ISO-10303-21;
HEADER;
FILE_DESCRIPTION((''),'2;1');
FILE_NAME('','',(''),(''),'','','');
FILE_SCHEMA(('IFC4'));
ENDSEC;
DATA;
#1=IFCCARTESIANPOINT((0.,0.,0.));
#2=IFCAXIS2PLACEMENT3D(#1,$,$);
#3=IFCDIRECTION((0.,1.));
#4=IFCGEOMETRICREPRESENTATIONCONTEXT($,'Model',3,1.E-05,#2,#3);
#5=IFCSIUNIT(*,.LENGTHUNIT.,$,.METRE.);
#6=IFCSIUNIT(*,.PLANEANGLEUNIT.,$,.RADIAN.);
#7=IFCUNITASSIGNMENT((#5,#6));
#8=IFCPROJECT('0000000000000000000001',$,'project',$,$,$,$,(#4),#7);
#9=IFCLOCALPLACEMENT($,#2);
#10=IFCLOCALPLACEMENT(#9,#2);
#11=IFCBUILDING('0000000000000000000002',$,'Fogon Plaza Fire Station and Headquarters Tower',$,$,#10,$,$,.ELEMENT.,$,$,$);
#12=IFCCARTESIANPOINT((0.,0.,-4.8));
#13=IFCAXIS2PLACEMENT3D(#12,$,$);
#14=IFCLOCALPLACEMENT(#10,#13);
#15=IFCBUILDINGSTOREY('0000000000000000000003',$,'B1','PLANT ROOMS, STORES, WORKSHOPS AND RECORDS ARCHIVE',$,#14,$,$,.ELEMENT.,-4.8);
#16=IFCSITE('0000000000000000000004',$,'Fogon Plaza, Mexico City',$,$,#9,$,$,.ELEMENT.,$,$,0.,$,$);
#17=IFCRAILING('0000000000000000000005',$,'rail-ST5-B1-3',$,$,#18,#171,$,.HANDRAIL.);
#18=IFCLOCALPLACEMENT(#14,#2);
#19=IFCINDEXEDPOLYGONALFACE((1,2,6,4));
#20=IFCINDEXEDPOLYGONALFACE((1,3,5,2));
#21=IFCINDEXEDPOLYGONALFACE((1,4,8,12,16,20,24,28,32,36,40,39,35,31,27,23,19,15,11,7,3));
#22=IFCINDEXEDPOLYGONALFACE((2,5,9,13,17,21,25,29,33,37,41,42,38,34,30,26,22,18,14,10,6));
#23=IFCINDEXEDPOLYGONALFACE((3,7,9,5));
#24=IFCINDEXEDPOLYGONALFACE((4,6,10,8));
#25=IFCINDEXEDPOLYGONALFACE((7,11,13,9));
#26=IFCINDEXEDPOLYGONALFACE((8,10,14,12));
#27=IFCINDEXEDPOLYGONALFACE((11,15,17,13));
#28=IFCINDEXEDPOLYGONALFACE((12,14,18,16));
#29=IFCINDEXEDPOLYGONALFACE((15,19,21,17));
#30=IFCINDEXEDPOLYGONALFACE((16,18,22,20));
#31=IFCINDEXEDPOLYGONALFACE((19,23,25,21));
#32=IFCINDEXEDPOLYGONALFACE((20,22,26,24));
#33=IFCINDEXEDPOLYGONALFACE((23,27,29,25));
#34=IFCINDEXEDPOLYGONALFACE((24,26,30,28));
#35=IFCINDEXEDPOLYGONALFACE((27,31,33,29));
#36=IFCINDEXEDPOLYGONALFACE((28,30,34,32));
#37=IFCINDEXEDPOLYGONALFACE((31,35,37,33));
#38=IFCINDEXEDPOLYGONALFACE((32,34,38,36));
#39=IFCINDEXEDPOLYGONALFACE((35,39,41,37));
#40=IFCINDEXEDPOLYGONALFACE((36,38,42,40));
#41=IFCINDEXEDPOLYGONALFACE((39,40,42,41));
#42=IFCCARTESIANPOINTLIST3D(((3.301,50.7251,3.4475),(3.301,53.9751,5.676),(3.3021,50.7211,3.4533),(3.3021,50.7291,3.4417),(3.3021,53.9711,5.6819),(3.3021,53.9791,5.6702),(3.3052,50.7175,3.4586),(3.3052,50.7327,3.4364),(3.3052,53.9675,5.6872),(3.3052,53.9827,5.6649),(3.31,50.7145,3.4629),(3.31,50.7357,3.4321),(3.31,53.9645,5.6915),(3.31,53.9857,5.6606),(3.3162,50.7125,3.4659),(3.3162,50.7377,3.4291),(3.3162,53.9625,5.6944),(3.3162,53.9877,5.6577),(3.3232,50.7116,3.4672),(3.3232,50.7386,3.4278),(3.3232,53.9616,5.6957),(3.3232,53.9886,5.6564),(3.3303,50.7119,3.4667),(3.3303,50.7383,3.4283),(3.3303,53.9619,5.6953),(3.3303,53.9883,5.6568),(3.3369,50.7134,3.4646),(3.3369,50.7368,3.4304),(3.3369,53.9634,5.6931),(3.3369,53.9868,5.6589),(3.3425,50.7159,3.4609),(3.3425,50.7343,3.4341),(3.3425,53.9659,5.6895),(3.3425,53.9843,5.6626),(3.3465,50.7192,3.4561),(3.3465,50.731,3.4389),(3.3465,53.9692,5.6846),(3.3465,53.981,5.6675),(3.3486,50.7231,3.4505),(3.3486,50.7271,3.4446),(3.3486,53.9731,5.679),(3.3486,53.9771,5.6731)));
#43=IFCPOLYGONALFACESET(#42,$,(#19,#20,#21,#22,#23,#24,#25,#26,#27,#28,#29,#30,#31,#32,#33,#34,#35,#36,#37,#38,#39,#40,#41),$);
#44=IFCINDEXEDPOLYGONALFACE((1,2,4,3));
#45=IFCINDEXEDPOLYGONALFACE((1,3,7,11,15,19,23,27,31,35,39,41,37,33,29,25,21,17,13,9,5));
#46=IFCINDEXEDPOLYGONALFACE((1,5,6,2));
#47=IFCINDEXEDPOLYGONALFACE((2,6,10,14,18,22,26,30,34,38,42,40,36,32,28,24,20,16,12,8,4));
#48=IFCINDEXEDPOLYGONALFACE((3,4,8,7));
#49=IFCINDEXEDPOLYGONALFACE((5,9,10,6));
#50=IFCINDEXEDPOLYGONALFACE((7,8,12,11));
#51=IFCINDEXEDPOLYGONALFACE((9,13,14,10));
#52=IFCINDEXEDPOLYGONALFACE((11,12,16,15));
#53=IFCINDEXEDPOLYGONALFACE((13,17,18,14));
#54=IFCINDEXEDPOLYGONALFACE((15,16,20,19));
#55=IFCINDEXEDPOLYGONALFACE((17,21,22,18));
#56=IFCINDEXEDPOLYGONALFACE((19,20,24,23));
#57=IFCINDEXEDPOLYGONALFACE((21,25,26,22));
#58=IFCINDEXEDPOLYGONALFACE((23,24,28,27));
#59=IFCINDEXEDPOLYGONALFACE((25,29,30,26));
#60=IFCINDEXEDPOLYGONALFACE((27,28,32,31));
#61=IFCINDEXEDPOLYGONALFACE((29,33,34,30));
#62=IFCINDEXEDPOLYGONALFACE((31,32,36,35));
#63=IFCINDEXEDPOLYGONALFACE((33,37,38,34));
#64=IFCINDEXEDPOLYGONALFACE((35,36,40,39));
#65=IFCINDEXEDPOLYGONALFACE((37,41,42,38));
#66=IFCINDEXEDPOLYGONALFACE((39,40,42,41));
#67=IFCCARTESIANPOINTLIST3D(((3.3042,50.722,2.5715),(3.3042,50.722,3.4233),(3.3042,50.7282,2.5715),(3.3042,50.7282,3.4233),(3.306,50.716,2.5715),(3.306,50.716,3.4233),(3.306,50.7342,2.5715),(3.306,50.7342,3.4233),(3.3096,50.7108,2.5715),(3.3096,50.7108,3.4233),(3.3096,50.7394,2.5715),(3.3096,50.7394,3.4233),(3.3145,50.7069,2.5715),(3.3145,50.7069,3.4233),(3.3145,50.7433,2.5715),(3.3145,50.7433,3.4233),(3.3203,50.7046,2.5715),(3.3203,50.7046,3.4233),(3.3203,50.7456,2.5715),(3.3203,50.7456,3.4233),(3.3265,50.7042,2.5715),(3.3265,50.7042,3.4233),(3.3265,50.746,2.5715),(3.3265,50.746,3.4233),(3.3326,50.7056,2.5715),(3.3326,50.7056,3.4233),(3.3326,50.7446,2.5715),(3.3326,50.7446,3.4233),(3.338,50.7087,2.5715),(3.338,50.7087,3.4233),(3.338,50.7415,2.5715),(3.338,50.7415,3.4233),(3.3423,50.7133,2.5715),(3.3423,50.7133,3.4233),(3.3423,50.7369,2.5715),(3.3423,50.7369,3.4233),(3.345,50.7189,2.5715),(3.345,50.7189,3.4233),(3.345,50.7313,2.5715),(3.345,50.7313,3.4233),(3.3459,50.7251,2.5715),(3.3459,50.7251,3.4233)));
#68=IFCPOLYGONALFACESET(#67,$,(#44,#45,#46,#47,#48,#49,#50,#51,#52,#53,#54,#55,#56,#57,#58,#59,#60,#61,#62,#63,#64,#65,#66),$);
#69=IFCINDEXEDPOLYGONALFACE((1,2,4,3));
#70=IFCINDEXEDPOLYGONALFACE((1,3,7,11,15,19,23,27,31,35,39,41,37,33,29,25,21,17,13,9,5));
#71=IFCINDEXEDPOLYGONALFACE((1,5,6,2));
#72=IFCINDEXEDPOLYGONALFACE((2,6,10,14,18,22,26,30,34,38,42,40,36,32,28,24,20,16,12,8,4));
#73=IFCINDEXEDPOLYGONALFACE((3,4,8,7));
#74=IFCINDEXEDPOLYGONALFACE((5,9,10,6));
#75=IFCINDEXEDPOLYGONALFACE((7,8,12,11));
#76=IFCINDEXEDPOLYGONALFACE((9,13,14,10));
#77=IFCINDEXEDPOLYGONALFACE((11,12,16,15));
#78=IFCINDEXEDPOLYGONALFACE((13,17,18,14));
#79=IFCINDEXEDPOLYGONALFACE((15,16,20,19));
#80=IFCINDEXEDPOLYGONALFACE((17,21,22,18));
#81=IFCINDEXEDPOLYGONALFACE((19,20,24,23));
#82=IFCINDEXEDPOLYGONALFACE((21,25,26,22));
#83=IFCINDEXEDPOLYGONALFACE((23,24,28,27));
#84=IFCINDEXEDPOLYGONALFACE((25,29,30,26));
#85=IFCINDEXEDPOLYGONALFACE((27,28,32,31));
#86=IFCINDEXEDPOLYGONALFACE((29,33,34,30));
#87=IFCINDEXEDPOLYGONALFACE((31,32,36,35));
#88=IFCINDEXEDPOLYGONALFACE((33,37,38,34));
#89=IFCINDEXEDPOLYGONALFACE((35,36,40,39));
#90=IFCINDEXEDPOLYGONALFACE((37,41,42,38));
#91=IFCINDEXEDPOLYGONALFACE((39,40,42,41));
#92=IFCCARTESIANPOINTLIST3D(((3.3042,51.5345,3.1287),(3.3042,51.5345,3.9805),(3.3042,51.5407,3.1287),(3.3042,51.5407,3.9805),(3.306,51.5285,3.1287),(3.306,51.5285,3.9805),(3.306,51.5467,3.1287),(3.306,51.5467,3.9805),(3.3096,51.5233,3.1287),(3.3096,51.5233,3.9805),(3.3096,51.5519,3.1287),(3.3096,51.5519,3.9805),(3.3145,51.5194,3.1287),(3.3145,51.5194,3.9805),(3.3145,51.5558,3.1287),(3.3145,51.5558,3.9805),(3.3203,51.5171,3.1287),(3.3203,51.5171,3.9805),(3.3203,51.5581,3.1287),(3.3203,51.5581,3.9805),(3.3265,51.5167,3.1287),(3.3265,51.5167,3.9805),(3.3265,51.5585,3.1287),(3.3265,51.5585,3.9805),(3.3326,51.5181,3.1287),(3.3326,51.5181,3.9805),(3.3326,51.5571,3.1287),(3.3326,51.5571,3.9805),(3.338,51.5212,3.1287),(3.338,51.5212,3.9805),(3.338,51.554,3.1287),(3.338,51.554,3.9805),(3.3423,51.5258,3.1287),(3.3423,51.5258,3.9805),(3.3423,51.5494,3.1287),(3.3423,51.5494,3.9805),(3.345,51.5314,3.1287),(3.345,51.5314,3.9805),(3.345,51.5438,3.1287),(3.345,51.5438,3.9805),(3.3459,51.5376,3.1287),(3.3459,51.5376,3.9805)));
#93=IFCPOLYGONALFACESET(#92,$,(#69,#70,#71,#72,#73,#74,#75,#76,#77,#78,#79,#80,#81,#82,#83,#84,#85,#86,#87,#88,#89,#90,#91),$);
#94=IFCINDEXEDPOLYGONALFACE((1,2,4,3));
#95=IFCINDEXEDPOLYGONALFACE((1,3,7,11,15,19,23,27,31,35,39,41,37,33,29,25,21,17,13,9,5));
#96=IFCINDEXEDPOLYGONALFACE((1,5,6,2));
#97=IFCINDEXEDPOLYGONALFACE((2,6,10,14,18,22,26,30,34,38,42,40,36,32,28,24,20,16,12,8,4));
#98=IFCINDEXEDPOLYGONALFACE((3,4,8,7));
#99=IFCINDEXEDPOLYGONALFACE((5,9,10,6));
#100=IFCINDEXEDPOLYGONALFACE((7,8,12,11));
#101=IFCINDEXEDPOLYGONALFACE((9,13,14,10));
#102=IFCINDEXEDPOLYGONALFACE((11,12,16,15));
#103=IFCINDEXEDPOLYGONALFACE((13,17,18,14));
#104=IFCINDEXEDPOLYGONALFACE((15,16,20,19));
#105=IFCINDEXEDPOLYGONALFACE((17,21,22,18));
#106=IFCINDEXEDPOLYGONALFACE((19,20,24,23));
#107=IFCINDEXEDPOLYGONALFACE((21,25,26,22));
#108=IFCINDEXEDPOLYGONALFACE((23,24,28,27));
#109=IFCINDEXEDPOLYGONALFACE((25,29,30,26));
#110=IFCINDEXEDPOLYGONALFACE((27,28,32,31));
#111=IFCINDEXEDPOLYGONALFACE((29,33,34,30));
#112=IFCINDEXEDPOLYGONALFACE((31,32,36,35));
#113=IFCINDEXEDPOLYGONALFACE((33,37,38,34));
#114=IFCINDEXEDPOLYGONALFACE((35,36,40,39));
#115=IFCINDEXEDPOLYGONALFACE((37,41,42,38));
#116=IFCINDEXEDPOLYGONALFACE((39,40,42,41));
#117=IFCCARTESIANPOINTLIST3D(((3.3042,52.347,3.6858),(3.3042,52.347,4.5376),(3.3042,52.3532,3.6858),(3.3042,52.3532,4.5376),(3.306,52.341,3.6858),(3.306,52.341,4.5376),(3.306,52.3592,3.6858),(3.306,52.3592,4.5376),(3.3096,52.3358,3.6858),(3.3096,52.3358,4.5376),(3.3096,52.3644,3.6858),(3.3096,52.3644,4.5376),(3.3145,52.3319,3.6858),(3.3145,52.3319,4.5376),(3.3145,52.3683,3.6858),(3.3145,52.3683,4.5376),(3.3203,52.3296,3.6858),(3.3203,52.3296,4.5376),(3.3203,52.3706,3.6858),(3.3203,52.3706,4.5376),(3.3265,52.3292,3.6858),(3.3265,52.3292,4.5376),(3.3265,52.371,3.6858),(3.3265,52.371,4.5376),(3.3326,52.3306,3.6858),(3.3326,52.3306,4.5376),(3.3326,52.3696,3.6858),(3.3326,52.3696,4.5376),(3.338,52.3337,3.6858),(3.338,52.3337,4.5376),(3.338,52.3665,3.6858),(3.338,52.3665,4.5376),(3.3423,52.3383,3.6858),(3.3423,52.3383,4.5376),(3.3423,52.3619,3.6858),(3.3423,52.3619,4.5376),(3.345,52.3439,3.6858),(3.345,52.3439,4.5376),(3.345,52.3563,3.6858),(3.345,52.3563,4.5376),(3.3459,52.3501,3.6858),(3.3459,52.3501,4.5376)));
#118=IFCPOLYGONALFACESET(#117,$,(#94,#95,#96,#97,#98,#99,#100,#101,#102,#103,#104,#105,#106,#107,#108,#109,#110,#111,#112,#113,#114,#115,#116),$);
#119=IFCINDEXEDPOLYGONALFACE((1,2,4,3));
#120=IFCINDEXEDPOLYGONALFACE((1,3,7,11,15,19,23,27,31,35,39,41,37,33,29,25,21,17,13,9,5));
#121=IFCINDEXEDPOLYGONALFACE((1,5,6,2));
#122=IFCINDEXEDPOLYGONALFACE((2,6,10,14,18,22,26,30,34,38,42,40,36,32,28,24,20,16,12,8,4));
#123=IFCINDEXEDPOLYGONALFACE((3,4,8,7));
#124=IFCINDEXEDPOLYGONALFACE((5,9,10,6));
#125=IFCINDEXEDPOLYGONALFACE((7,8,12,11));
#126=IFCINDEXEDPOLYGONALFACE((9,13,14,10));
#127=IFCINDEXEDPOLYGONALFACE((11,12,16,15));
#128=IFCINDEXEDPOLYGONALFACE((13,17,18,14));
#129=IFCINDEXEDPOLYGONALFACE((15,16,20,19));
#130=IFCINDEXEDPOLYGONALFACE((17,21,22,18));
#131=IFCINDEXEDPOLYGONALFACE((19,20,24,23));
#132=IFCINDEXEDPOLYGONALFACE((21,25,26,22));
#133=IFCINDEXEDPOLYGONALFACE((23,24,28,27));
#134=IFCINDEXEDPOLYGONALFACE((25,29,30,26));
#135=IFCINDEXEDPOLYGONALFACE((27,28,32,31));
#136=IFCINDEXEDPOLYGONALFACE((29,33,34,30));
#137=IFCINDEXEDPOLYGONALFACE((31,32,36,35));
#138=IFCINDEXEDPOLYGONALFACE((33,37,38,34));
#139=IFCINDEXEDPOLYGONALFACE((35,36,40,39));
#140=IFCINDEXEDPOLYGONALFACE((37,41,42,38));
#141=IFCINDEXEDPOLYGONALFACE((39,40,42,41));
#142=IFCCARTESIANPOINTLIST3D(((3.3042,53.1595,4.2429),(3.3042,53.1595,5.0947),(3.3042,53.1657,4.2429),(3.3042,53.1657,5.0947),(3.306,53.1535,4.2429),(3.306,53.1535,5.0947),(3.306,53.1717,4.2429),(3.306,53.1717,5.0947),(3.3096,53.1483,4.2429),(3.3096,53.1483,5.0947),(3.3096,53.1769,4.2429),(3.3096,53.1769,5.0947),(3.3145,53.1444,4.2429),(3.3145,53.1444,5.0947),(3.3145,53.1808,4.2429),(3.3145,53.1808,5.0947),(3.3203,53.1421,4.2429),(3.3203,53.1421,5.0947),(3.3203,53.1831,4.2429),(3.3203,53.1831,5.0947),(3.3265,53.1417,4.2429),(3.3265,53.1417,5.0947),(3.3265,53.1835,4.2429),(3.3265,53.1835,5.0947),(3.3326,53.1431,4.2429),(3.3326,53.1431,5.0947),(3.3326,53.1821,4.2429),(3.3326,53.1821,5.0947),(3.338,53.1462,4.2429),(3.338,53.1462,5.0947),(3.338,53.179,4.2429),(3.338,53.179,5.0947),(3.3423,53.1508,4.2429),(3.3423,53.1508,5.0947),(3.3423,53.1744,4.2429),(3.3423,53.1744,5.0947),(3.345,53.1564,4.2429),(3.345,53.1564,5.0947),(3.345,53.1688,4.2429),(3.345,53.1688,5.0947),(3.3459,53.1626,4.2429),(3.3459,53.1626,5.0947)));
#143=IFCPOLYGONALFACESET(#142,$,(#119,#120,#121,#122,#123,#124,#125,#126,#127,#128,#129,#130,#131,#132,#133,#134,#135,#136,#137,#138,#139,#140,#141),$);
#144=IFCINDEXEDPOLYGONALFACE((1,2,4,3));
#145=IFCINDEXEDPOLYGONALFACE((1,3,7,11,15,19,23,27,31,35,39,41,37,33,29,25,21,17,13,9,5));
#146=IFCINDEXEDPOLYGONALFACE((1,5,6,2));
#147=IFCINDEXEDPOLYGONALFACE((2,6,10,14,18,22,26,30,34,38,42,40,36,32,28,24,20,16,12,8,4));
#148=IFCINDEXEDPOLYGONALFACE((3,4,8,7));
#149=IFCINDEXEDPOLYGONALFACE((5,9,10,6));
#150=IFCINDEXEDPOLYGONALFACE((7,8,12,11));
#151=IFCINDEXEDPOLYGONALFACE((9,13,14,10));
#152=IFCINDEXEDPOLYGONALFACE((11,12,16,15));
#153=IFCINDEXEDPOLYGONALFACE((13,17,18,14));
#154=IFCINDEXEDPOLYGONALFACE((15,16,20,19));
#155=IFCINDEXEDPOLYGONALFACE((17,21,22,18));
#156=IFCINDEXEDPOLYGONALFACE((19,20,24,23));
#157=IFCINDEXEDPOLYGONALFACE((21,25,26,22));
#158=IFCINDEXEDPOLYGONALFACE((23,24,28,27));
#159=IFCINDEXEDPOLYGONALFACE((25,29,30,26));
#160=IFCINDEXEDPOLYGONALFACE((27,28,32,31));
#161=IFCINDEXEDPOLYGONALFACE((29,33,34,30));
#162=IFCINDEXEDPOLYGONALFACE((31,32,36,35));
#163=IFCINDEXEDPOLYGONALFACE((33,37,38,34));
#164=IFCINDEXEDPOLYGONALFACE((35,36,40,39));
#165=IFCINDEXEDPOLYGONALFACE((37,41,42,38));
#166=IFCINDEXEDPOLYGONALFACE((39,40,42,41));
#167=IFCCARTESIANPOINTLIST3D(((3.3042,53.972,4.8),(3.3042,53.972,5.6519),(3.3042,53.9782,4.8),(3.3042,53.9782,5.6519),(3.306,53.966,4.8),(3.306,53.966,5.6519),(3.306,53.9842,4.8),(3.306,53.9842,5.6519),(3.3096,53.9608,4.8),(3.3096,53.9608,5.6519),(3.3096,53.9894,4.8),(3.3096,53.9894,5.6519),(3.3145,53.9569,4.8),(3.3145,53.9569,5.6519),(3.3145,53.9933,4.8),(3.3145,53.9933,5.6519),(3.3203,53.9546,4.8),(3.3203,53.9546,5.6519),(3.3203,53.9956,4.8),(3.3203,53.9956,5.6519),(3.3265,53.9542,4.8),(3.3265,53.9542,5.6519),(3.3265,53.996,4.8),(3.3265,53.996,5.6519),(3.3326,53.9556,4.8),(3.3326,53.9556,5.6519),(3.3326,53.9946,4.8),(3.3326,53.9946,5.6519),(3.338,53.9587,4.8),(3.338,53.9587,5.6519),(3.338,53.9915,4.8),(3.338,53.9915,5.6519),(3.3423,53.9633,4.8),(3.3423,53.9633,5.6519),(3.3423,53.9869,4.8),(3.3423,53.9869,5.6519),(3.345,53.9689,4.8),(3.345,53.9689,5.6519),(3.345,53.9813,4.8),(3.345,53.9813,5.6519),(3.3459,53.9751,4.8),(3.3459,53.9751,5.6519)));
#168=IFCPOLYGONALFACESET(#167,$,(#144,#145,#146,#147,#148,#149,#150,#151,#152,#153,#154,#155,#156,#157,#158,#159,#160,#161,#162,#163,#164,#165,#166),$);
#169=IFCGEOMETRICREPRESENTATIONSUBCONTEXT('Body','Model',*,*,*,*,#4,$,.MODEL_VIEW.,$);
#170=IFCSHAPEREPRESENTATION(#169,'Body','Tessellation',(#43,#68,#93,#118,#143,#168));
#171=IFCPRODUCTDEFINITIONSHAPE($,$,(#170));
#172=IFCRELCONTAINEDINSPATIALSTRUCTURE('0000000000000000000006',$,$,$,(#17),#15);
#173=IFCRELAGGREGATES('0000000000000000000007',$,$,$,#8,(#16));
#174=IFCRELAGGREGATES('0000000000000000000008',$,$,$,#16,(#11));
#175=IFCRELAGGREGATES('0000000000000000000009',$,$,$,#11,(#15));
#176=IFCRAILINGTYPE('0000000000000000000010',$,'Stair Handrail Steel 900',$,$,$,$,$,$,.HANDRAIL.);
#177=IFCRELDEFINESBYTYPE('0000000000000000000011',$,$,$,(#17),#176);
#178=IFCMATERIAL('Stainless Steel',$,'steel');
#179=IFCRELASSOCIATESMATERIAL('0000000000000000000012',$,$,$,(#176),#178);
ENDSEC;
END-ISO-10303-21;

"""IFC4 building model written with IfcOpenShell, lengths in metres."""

from ifc_helpers import new_model, si_unit, direction, frame, origin, origin_2d, place, context, subcontext, project, spatial, circle, extrude, material, type_object, element, save


model = new_model("IFC4")

# Units and contexts
model_context = context("Model", 3, precision=1e-05, world=origin(), true_north=direction((0.0, 1.0)))
body_context = subcontext(model_context, "Body", "Model", "MODEL_VIEW")
ifc_project = project(units=[si_unit("LENGTHUNIT", "METRE"), si_unit("PLANEANGLEUNIT", "RADIAN")], contexts=[model_context])

# Site, building, storey
site_placement = place(None, origin())
site = spatial("IfcSite", under=ifc_project, at=site_placement, Name="Fogon Plaza, Mexico City", CompositionType="ELEMENT", RefElevation=0.0)
building_placement = place(site_placement, origin())
building = spatial("IfcBuilding", under=site, at=building_placement, Name="Fogon Plaza Fire Station and Headquarters Tower", CompositionType="ELEMENT")
storey_placement = place(building_placement, frame((0.0, 0.0, -4.8)))
storey = spatial("IfcBuildingStorey", under=building, at=storey_placement, Name="B1", Description="PLANT ROOMS, STORES, WORKSHOPS AND RECORDS ARCHIVE", CompositionType="ELEMENT", Elevation=-4.8)

# Railing
ifc_material_1 = material(Name="Stainless Steel", Category="steel")
railing_type_1 = type_object("IfcRailingType", Name="Stair Handrail Steel 900", PredefinedType="HANDRAIL", material=ifc_material_1)
for number, where, name in (
    (1, (3.325, 50.7251, 2.5715), "rail-ST5-B1-3"),
):
    element("IfcRailing", number, at=place(storey_placement, frame(where)), inside=storey, type_object=railing_type_1, Name=name, PredefinedType="HANDRAIL", context=body_context, shape_type="SweptSolid", body=[
        extrude(circle(Radius=0.0239, at=origin_2d()), frame((0.0, 0.0, 0.876), z_axis=(0.0, 0.824735, 0.565519), x_axis=(-1.0, 0.0, 0.0)), (0.0, 0.0, 1.0), 3.9407),
        extrude(circle(Radius=0.021, at=origin_2d()), origin(), (0.0, 0.0, 1.0), 0.8518),
        extrude(circle(Radius=0.021, at=origin_2d()), frame((0.0, 0.8125, 0.5571)), (0.0, 0.0, 1.0), 0.8518),
        extrude(circle(Radius=0.021, at=origin_2d()), frame((0.0, 1.625, 1.1143)), (0.0, 0.0, 1.0), 0.8518),
        extrude(circle(Radius=0.021, at=origin_2d()), frame((0.0, 2.4375, 1.6714)), (0.0, 0.0, 1.0), 0.8518),
        extrude(circle(Radius=0.021, at=origin_2d()), frame((0.0, 3.25, 2.2285)), (0.0, 0.0, 1.0), 0.8518),
    ])

save(model, "model.ifc")
